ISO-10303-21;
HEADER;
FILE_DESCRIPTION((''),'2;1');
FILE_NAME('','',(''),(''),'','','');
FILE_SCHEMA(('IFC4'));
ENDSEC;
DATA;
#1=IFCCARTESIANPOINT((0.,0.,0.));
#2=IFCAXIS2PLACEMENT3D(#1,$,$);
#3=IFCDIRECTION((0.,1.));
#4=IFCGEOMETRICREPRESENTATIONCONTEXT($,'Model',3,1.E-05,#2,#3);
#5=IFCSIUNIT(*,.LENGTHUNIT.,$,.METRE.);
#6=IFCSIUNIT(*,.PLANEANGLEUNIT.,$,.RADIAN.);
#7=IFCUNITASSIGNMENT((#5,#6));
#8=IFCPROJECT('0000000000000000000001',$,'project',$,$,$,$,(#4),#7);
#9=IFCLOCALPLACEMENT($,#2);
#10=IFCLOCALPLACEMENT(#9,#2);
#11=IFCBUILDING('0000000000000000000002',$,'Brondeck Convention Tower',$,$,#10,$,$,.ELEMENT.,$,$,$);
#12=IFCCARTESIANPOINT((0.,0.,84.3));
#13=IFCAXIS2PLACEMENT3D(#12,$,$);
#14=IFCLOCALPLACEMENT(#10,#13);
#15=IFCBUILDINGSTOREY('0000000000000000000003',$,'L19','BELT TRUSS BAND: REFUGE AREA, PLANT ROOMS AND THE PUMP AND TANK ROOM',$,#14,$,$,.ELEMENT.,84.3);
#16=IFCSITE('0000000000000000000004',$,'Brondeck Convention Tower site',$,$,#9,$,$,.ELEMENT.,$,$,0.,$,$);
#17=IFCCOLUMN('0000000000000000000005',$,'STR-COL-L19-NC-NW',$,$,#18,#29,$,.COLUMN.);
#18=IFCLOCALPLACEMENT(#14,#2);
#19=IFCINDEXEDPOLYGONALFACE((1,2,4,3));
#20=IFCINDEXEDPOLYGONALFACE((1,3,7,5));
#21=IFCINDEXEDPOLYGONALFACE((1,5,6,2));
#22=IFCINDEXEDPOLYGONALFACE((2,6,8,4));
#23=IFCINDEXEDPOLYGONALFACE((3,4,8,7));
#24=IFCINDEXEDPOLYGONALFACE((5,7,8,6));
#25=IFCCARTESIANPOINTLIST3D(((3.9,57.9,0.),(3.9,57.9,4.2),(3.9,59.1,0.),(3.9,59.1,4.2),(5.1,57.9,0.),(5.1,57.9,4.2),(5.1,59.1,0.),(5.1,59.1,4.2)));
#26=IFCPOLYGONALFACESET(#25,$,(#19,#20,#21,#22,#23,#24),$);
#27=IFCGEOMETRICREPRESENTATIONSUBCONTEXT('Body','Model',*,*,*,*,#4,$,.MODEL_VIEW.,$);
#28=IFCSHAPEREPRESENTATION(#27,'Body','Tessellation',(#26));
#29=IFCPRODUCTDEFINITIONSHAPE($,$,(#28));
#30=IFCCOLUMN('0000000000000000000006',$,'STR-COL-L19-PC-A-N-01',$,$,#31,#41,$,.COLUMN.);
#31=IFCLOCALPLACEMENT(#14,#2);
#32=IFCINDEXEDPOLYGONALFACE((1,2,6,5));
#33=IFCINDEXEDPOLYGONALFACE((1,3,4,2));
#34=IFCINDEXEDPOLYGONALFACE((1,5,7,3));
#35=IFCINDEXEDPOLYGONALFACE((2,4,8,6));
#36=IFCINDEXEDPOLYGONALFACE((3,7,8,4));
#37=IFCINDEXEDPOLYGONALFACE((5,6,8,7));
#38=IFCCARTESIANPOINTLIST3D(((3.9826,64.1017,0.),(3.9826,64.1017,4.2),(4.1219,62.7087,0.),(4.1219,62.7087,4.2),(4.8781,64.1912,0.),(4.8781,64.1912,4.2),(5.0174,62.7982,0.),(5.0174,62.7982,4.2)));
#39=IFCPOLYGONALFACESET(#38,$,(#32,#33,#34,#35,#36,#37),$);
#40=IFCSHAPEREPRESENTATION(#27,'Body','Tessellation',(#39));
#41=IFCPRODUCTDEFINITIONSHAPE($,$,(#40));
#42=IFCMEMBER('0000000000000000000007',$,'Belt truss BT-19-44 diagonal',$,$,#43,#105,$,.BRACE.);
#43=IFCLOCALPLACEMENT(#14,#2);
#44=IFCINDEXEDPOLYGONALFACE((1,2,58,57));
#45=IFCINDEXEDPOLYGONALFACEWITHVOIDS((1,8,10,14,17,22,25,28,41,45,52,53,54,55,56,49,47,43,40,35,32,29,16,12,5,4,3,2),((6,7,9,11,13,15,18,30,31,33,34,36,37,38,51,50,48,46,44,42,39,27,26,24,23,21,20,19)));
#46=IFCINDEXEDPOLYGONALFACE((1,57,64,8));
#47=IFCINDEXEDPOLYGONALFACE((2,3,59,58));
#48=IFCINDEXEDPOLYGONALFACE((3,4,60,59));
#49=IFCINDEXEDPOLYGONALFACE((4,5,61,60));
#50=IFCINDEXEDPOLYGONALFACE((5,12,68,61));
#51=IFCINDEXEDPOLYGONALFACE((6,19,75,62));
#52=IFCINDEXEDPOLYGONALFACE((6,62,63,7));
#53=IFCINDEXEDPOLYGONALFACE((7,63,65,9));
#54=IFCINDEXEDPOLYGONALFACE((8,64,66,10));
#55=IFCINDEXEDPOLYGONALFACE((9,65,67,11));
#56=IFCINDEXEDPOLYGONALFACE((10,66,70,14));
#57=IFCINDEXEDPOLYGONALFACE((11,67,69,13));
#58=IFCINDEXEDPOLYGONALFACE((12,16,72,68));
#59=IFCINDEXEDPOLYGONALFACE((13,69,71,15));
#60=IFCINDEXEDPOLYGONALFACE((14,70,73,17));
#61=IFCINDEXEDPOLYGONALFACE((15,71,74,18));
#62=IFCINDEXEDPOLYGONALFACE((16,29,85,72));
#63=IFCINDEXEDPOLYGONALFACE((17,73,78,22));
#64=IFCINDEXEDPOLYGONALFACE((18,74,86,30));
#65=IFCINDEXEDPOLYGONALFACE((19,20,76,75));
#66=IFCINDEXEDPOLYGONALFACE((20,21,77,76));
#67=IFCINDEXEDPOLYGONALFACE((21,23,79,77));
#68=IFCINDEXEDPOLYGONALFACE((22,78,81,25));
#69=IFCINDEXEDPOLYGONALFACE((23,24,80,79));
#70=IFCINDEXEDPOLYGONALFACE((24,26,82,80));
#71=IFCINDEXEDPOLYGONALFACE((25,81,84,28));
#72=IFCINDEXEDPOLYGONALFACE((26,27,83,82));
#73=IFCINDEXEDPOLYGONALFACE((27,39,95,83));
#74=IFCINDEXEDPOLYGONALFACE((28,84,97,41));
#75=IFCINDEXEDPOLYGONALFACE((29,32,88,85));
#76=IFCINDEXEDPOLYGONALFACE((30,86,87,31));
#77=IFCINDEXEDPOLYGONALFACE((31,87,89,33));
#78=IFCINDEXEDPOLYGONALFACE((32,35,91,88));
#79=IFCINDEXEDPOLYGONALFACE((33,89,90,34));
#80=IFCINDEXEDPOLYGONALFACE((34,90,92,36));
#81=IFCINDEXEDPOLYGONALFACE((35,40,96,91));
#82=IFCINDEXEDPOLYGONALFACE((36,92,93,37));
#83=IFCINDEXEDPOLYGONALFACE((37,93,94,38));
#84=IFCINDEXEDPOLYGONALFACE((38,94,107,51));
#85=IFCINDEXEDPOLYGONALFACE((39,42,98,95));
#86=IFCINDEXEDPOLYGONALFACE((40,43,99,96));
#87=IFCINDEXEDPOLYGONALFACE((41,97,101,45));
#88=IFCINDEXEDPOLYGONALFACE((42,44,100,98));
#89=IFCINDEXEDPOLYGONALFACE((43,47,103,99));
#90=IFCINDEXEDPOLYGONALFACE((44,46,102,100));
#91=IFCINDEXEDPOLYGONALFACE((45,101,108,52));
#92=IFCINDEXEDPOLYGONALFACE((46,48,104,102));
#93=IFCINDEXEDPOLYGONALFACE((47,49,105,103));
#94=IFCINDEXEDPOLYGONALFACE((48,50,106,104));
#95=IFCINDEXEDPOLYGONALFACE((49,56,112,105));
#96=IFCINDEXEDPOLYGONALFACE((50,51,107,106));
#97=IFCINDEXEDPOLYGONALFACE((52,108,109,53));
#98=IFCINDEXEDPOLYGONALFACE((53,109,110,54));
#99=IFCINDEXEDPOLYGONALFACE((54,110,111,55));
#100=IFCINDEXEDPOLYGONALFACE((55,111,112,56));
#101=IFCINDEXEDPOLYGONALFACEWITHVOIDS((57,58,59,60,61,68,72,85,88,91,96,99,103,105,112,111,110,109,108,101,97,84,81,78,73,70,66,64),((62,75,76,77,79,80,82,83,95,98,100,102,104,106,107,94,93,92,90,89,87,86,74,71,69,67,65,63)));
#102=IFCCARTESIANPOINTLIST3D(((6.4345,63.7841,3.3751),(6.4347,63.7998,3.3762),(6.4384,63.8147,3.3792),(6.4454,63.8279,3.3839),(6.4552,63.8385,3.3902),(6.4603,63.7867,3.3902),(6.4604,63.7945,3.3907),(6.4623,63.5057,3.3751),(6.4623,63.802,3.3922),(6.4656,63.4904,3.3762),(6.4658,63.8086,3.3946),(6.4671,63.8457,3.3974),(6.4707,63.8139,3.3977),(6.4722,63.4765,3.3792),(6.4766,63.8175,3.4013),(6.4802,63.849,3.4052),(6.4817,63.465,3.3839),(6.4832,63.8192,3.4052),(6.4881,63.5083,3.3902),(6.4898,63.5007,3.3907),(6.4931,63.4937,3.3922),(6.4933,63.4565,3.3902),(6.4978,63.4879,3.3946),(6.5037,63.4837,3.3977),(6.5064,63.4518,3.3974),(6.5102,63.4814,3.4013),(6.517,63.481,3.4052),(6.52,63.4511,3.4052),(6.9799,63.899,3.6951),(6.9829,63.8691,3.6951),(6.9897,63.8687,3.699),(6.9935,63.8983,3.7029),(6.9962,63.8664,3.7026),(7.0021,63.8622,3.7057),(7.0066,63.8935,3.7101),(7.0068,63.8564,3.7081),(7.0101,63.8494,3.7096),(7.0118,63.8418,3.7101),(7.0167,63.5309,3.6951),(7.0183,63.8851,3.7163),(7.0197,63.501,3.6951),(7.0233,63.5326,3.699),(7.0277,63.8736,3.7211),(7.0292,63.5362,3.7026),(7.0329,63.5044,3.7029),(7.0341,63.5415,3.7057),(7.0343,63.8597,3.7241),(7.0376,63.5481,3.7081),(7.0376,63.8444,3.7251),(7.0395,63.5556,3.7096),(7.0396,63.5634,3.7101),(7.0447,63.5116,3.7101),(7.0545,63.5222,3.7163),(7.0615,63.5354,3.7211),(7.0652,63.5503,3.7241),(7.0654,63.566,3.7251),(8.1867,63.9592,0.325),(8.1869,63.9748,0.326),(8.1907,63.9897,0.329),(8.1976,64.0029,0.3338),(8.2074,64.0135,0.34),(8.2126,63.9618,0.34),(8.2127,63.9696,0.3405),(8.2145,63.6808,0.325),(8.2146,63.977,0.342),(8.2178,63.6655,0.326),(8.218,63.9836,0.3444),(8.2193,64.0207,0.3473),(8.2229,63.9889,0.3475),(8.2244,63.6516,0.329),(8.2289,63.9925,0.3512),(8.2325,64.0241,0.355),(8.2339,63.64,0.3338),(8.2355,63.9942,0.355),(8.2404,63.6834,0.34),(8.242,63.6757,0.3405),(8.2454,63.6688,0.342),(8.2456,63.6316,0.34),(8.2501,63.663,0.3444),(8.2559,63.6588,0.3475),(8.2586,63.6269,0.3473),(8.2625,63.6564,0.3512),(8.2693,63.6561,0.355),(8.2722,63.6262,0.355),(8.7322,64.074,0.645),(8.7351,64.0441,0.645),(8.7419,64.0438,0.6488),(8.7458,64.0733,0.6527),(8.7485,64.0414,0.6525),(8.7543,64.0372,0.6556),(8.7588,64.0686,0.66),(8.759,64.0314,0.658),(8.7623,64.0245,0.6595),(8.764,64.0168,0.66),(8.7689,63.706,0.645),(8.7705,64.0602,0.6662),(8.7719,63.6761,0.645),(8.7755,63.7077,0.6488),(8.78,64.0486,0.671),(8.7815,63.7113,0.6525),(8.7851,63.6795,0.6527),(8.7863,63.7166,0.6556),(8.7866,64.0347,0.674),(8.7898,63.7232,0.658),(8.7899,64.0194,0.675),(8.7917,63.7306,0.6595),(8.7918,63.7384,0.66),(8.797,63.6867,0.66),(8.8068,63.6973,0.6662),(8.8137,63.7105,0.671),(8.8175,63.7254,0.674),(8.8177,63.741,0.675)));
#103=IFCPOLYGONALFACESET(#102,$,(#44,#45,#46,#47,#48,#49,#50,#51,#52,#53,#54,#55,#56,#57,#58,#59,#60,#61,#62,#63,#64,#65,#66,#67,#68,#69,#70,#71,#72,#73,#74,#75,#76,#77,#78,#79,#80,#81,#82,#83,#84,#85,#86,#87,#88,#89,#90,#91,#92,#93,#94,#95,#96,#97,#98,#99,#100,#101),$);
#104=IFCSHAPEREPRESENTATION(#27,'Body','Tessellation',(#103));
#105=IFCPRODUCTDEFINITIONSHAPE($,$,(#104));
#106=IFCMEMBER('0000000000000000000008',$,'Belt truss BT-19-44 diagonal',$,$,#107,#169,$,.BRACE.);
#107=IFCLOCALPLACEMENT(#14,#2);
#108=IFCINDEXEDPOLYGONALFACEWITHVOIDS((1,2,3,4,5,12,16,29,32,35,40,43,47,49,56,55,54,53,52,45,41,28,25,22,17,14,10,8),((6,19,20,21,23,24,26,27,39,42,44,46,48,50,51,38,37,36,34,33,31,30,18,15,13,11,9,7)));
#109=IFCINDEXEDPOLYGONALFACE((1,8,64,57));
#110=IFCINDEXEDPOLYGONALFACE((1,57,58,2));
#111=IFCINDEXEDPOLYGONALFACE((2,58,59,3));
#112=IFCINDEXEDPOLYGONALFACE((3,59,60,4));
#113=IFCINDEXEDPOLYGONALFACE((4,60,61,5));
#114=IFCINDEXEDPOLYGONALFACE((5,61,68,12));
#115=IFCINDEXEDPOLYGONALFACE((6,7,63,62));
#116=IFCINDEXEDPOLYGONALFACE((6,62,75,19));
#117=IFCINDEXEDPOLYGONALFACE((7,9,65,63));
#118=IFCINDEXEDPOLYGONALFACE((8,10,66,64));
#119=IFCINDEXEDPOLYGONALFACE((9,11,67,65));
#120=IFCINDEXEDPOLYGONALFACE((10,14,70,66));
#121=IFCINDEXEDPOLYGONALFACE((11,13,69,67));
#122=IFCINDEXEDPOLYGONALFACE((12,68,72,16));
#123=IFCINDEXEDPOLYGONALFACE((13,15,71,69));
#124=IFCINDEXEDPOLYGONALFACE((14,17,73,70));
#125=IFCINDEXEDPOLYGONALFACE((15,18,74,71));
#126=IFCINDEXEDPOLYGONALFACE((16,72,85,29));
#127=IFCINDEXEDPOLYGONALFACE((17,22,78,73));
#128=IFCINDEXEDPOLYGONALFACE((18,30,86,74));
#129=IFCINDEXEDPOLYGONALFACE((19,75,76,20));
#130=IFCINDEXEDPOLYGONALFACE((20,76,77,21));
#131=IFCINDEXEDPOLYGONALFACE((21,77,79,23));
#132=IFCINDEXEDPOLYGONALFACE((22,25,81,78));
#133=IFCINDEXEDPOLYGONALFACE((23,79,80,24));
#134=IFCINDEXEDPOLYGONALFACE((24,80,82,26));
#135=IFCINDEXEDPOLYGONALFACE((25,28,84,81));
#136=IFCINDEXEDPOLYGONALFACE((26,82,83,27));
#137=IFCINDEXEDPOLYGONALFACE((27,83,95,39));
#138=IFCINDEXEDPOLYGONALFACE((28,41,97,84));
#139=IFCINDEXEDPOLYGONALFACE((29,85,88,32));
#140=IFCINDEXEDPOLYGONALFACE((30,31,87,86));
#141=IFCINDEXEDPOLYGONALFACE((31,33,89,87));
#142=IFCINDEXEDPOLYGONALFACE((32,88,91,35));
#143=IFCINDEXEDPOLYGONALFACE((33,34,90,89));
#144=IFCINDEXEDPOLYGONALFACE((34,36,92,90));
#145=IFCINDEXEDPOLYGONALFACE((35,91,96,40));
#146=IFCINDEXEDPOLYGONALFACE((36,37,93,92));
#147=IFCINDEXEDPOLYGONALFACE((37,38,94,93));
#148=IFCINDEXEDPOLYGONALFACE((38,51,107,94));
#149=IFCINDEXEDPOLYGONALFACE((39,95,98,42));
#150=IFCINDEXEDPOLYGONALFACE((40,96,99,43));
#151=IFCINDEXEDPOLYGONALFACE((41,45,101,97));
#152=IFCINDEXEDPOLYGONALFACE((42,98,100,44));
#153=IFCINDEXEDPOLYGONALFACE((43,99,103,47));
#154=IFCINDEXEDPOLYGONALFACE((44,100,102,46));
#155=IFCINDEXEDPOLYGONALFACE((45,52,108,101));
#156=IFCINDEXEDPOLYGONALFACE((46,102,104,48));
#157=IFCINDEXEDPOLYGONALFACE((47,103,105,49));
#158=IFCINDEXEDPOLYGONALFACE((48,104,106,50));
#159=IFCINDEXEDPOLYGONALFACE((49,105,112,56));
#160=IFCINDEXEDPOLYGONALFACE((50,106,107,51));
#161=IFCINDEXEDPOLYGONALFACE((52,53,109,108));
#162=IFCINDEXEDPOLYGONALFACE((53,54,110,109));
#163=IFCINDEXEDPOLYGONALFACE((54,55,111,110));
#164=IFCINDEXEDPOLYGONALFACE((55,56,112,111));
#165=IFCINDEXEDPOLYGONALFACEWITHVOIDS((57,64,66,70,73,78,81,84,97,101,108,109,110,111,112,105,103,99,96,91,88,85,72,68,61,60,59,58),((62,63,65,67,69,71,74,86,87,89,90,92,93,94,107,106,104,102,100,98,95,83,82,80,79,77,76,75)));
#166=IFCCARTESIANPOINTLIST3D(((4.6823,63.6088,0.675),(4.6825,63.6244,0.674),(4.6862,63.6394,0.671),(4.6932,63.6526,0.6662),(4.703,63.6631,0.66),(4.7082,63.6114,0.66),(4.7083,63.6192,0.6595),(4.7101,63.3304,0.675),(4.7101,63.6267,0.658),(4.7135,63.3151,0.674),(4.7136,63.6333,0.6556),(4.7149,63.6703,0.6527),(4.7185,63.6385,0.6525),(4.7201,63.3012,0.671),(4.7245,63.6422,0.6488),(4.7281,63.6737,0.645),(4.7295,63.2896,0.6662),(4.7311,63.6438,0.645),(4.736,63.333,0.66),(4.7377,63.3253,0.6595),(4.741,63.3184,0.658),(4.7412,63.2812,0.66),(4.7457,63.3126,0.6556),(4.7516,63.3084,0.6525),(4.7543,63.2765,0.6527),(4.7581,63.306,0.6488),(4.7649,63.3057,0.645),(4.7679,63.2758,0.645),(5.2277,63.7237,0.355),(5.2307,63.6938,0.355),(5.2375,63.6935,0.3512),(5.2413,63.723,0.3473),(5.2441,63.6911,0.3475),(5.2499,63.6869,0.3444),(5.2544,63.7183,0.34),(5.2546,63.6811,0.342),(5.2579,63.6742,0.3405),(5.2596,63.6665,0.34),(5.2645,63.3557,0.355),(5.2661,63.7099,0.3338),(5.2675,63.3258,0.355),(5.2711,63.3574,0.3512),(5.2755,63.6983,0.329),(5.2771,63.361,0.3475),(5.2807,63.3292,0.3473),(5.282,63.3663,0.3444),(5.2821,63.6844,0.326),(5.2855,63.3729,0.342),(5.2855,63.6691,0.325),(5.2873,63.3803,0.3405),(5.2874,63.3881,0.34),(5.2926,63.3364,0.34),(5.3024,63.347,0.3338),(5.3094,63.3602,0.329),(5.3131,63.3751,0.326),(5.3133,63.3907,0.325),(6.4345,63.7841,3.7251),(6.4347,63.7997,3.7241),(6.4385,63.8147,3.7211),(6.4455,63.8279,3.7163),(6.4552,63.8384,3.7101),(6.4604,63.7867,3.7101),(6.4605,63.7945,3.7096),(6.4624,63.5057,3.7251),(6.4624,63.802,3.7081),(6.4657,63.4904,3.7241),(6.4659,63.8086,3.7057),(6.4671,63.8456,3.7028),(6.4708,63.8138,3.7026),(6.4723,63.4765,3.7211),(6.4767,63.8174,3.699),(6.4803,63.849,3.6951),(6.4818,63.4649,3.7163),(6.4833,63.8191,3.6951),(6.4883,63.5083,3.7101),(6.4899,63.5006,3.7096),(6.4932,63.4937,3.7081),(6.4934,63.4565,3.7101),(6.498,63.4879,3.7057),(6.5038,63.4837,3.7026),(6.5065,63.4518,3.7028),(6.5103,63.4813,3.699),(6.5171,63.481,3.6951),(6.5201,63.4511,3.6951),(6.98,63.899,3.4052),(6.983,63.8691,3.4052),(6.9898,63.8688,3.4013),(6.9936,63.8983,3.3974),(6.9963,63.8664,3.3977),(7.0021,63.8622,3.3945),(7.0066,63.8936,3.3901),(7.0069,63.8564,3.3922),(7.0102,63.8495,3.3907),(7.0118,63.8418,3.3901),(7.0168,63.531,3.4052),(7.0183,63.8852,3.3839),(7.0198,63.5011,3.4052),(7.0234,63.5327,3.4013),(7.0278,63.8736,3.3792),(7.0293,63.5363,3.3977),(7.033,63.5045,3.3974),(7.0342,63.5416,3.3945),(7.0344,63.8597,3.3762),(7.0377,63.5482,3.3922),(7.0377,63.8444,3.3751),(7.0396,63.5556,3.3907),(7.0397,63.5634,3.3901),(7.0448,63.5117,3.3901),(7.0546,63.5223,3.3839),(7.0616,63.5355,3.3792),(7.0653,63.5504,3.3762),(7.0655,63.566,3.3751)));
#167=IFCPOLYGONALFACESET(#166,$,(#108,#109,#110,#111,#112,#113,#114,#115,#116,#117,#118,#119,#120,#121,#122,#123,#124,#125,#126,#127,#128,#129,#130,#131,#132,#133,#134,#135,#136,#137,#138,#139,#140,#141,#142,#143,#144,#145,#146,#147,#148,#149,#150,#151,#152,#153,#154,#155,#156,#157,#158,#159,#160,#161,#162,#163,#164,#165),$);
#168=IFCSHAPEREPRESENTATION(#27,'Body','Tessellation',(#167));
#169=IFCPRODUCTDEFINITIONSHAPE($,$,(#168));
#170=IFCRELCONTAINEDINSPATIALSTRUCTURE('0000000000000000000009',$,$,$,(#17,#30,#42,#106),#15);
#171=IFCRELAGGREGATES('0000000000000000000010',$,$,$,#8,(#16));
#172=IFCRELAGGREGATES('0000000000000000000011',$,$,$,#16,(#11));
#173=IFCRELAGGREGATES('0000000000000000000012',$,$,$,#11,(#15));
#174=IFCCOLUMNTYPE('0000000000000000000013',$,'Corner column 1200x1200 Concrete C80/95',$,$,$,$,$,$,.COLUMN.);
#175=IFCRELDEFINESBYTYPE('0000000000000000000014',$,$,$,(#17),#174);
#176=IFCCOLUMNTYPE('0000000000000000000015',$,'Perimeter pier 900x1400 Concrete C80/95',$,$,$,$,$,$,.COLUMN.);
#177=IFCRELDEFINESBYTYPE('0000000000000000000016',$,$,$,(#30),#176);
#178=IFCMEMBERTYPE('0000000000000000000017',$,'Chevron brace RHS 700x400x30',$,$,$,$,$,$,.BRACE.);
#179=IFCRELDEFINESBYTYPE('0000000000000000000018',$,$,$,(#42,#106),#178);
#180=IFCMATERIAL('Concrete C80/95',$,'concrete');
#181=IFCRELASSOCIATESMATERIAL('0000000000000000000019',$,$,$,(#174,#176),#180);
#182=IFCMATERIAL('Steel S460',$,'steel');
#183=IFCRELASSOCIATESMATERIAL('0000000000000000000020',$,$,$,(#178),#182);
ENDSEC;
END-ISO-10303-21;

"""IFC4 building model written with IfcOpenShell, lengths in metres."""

from ifc_helpers import new_model, si_unit, direction, frame, origin, origin_2d, place, context, subcontext, project, spatial, rectangle, hollow_rectangle, extrude, material, material_profile, profile_set, type_object, element, save


model = new_model("IFC4")

# Units and contexts
model_context = context("Model", 3, precision=1e-05, world=origin(), true_north=direction((0.0, 1.0)))
body_context = subcontext(model_context, "Body", "Model", "MODEL_VIEW")
ifc_project = project(units=[si_unit("LENGTHUNIT", "METRE"), si_unit("PLANEANGLEUNIT", "RADIAN")], contexts=[model_context])

# Site, building, storey
site_placement = place(None, origin())
site = spatial("IfcSite", under=ifc_project, at=site_placement, Name="Brondeck Convention Tower site", CompositionType="ELEMENT", RefElevation=0.0)
building_placement = place(site_placement, origin())
building = spatial("IfcBuilding", under=site, at=building_placement, Name="Brondeck Convention Tower", CompositionType="ELEMENT")
storey_placement = place(building_placement, frame((0.0, 0.0, 84.3)))
storey = spatial("IfcBuildingStorey", under=building, at=storey_placement, Name="L19", Description="BELT TRUSS BAND: REFUGE AREA, PLANT ROOMS AND THE PUMP AND TANK ROOM", CompositionType="ELEMENT", Elevation=84.3)

# Columns
ifc_material_1 = material(Name="Concrete C80/95", Category="concrete")
ifc_material_profile_1 = material_profile(ifc_material_1, rectangle(XDim=1.2, YDim=1.2, at=origin_2d()), Name="Corner column 1200x1200 Concrete C80/95")
ifc_profile_set_1 = profile_set([ifc_material_profile_1], Name="Concrete C80/95")
column_type_1 = type_object("IfcColumnType", Name="Corner column 1200x1200 Concrete C80/95", PredefinedType="COLUMN", material=ifc_profile_set_1)
column_1_placement = place(storey_placement, frame((4.5, 58.5, 0.0), z_axis=(0.0, 0.0, 1.0), x_axis=(1.0, 0.0, 0.0)))
element("IfcColumn", 1, at=column_1_placement, inside=storey, type_object=column_type_1, Name="STR-COL-L19-NC-NW", PredefinedType="COLUMN", context=body_context, shape_type="SweptSolid", body=[
    extrude(rectangle(XDim=1.2, YDim=1.2, at=origin_2d()), origin(), (0.0, 0.0, 1.0), 4.2),
])
ifc_material_profile_2 = material_profile(ifc_material_1, rectangle(XDim=0.8999, YDim=1.3999, at=origin_2d()), Name="Perimeter pier 900x1400 Concrete C80/95")
ifc_profile_set_2 = profile_set([ifc_material_profile_2], Name="Concrete C80/95")
column_type_2 = type_object("IfcColumnType", Name="Perimeter pier 900x1400 Concrete C80/95", PredefinedType="COLUMN", material=ifc_profile_set_2)
column_2_placement = place(storey_placement, frame((4.5, 63.45, 0.0), z_axis=(0.0, 0.0, 1.0), x_axis=(-0.995037, -0.099504, 0.0)))
element("IfcColumn", 2, at=column_2_placement, inside=storey, type_object=column_type_2, Name="STR-COL-L19-PC-A-N-01", PredefinedType="COLUMN", context=body_context, shape_type="SweptSolid", body=[
    extrude(rectangle(XDim=0.8999, YDim=1.3999, at=origin_2d()), origin(), (0.0, 0.0, 1.0), 4.2),
])

# Members
ifc_material_2 = material(Name="Steel S460", Category="steel")
ifc_material_profile_3 = material_profile(ifc_material_2, hollow_rectangle(XDim=0.3999, YDim=0.7, WallThickness=0.03, InnerFilletRadius=0.03, OuterFilletRadius=0.0601, at=origin_2d()), Name="RHS 700x400x30")
ifc_profile_set_3 = profile_set([ifc_material_profile_3], Name="Steel S460")
member_type_1 = type_object("IfcMemberType", Name="Chevron brace RHS 700x400x30", PredefinedType="BRACE", material=ifc_profile_set_3)
for number, where, z_axis, x_axis, name in (
    (3, (8.5022, 63.8501, 0.5), (-0.497518, -0.049703, 0.866029), (0.099408, -0.995047, 0.0), "Belt truss BT-19-44 diagonal"),
    (4, (4.9978, 63.4998, 0.5), (0.497516, 0.049772, 0.866026), (-0.099545, 0.995033, 0.0), "Belt truss BT-19-44 diagonal"),
):
    element("IfcMember", number, at=place(storey_placement, frame(where, z_axis=z_axis, x_axis=x_axis)), inside=storey, type_object=member_type_1, Name=name, PredefinedType="BRACE", context=body_context, shape_type="SweptSolid", body=[
        extrude(hollow_rectangle(XDim=0.3999, YDim=0.7, WallThickness=0.03, InnerFilletRadius=0.03, OuterFilletRadius=0.0601, at=origin_2d()), origin(), (0.0, 0.0, 1.0), 3.522),
    ])

save(model, "model.ifc")
